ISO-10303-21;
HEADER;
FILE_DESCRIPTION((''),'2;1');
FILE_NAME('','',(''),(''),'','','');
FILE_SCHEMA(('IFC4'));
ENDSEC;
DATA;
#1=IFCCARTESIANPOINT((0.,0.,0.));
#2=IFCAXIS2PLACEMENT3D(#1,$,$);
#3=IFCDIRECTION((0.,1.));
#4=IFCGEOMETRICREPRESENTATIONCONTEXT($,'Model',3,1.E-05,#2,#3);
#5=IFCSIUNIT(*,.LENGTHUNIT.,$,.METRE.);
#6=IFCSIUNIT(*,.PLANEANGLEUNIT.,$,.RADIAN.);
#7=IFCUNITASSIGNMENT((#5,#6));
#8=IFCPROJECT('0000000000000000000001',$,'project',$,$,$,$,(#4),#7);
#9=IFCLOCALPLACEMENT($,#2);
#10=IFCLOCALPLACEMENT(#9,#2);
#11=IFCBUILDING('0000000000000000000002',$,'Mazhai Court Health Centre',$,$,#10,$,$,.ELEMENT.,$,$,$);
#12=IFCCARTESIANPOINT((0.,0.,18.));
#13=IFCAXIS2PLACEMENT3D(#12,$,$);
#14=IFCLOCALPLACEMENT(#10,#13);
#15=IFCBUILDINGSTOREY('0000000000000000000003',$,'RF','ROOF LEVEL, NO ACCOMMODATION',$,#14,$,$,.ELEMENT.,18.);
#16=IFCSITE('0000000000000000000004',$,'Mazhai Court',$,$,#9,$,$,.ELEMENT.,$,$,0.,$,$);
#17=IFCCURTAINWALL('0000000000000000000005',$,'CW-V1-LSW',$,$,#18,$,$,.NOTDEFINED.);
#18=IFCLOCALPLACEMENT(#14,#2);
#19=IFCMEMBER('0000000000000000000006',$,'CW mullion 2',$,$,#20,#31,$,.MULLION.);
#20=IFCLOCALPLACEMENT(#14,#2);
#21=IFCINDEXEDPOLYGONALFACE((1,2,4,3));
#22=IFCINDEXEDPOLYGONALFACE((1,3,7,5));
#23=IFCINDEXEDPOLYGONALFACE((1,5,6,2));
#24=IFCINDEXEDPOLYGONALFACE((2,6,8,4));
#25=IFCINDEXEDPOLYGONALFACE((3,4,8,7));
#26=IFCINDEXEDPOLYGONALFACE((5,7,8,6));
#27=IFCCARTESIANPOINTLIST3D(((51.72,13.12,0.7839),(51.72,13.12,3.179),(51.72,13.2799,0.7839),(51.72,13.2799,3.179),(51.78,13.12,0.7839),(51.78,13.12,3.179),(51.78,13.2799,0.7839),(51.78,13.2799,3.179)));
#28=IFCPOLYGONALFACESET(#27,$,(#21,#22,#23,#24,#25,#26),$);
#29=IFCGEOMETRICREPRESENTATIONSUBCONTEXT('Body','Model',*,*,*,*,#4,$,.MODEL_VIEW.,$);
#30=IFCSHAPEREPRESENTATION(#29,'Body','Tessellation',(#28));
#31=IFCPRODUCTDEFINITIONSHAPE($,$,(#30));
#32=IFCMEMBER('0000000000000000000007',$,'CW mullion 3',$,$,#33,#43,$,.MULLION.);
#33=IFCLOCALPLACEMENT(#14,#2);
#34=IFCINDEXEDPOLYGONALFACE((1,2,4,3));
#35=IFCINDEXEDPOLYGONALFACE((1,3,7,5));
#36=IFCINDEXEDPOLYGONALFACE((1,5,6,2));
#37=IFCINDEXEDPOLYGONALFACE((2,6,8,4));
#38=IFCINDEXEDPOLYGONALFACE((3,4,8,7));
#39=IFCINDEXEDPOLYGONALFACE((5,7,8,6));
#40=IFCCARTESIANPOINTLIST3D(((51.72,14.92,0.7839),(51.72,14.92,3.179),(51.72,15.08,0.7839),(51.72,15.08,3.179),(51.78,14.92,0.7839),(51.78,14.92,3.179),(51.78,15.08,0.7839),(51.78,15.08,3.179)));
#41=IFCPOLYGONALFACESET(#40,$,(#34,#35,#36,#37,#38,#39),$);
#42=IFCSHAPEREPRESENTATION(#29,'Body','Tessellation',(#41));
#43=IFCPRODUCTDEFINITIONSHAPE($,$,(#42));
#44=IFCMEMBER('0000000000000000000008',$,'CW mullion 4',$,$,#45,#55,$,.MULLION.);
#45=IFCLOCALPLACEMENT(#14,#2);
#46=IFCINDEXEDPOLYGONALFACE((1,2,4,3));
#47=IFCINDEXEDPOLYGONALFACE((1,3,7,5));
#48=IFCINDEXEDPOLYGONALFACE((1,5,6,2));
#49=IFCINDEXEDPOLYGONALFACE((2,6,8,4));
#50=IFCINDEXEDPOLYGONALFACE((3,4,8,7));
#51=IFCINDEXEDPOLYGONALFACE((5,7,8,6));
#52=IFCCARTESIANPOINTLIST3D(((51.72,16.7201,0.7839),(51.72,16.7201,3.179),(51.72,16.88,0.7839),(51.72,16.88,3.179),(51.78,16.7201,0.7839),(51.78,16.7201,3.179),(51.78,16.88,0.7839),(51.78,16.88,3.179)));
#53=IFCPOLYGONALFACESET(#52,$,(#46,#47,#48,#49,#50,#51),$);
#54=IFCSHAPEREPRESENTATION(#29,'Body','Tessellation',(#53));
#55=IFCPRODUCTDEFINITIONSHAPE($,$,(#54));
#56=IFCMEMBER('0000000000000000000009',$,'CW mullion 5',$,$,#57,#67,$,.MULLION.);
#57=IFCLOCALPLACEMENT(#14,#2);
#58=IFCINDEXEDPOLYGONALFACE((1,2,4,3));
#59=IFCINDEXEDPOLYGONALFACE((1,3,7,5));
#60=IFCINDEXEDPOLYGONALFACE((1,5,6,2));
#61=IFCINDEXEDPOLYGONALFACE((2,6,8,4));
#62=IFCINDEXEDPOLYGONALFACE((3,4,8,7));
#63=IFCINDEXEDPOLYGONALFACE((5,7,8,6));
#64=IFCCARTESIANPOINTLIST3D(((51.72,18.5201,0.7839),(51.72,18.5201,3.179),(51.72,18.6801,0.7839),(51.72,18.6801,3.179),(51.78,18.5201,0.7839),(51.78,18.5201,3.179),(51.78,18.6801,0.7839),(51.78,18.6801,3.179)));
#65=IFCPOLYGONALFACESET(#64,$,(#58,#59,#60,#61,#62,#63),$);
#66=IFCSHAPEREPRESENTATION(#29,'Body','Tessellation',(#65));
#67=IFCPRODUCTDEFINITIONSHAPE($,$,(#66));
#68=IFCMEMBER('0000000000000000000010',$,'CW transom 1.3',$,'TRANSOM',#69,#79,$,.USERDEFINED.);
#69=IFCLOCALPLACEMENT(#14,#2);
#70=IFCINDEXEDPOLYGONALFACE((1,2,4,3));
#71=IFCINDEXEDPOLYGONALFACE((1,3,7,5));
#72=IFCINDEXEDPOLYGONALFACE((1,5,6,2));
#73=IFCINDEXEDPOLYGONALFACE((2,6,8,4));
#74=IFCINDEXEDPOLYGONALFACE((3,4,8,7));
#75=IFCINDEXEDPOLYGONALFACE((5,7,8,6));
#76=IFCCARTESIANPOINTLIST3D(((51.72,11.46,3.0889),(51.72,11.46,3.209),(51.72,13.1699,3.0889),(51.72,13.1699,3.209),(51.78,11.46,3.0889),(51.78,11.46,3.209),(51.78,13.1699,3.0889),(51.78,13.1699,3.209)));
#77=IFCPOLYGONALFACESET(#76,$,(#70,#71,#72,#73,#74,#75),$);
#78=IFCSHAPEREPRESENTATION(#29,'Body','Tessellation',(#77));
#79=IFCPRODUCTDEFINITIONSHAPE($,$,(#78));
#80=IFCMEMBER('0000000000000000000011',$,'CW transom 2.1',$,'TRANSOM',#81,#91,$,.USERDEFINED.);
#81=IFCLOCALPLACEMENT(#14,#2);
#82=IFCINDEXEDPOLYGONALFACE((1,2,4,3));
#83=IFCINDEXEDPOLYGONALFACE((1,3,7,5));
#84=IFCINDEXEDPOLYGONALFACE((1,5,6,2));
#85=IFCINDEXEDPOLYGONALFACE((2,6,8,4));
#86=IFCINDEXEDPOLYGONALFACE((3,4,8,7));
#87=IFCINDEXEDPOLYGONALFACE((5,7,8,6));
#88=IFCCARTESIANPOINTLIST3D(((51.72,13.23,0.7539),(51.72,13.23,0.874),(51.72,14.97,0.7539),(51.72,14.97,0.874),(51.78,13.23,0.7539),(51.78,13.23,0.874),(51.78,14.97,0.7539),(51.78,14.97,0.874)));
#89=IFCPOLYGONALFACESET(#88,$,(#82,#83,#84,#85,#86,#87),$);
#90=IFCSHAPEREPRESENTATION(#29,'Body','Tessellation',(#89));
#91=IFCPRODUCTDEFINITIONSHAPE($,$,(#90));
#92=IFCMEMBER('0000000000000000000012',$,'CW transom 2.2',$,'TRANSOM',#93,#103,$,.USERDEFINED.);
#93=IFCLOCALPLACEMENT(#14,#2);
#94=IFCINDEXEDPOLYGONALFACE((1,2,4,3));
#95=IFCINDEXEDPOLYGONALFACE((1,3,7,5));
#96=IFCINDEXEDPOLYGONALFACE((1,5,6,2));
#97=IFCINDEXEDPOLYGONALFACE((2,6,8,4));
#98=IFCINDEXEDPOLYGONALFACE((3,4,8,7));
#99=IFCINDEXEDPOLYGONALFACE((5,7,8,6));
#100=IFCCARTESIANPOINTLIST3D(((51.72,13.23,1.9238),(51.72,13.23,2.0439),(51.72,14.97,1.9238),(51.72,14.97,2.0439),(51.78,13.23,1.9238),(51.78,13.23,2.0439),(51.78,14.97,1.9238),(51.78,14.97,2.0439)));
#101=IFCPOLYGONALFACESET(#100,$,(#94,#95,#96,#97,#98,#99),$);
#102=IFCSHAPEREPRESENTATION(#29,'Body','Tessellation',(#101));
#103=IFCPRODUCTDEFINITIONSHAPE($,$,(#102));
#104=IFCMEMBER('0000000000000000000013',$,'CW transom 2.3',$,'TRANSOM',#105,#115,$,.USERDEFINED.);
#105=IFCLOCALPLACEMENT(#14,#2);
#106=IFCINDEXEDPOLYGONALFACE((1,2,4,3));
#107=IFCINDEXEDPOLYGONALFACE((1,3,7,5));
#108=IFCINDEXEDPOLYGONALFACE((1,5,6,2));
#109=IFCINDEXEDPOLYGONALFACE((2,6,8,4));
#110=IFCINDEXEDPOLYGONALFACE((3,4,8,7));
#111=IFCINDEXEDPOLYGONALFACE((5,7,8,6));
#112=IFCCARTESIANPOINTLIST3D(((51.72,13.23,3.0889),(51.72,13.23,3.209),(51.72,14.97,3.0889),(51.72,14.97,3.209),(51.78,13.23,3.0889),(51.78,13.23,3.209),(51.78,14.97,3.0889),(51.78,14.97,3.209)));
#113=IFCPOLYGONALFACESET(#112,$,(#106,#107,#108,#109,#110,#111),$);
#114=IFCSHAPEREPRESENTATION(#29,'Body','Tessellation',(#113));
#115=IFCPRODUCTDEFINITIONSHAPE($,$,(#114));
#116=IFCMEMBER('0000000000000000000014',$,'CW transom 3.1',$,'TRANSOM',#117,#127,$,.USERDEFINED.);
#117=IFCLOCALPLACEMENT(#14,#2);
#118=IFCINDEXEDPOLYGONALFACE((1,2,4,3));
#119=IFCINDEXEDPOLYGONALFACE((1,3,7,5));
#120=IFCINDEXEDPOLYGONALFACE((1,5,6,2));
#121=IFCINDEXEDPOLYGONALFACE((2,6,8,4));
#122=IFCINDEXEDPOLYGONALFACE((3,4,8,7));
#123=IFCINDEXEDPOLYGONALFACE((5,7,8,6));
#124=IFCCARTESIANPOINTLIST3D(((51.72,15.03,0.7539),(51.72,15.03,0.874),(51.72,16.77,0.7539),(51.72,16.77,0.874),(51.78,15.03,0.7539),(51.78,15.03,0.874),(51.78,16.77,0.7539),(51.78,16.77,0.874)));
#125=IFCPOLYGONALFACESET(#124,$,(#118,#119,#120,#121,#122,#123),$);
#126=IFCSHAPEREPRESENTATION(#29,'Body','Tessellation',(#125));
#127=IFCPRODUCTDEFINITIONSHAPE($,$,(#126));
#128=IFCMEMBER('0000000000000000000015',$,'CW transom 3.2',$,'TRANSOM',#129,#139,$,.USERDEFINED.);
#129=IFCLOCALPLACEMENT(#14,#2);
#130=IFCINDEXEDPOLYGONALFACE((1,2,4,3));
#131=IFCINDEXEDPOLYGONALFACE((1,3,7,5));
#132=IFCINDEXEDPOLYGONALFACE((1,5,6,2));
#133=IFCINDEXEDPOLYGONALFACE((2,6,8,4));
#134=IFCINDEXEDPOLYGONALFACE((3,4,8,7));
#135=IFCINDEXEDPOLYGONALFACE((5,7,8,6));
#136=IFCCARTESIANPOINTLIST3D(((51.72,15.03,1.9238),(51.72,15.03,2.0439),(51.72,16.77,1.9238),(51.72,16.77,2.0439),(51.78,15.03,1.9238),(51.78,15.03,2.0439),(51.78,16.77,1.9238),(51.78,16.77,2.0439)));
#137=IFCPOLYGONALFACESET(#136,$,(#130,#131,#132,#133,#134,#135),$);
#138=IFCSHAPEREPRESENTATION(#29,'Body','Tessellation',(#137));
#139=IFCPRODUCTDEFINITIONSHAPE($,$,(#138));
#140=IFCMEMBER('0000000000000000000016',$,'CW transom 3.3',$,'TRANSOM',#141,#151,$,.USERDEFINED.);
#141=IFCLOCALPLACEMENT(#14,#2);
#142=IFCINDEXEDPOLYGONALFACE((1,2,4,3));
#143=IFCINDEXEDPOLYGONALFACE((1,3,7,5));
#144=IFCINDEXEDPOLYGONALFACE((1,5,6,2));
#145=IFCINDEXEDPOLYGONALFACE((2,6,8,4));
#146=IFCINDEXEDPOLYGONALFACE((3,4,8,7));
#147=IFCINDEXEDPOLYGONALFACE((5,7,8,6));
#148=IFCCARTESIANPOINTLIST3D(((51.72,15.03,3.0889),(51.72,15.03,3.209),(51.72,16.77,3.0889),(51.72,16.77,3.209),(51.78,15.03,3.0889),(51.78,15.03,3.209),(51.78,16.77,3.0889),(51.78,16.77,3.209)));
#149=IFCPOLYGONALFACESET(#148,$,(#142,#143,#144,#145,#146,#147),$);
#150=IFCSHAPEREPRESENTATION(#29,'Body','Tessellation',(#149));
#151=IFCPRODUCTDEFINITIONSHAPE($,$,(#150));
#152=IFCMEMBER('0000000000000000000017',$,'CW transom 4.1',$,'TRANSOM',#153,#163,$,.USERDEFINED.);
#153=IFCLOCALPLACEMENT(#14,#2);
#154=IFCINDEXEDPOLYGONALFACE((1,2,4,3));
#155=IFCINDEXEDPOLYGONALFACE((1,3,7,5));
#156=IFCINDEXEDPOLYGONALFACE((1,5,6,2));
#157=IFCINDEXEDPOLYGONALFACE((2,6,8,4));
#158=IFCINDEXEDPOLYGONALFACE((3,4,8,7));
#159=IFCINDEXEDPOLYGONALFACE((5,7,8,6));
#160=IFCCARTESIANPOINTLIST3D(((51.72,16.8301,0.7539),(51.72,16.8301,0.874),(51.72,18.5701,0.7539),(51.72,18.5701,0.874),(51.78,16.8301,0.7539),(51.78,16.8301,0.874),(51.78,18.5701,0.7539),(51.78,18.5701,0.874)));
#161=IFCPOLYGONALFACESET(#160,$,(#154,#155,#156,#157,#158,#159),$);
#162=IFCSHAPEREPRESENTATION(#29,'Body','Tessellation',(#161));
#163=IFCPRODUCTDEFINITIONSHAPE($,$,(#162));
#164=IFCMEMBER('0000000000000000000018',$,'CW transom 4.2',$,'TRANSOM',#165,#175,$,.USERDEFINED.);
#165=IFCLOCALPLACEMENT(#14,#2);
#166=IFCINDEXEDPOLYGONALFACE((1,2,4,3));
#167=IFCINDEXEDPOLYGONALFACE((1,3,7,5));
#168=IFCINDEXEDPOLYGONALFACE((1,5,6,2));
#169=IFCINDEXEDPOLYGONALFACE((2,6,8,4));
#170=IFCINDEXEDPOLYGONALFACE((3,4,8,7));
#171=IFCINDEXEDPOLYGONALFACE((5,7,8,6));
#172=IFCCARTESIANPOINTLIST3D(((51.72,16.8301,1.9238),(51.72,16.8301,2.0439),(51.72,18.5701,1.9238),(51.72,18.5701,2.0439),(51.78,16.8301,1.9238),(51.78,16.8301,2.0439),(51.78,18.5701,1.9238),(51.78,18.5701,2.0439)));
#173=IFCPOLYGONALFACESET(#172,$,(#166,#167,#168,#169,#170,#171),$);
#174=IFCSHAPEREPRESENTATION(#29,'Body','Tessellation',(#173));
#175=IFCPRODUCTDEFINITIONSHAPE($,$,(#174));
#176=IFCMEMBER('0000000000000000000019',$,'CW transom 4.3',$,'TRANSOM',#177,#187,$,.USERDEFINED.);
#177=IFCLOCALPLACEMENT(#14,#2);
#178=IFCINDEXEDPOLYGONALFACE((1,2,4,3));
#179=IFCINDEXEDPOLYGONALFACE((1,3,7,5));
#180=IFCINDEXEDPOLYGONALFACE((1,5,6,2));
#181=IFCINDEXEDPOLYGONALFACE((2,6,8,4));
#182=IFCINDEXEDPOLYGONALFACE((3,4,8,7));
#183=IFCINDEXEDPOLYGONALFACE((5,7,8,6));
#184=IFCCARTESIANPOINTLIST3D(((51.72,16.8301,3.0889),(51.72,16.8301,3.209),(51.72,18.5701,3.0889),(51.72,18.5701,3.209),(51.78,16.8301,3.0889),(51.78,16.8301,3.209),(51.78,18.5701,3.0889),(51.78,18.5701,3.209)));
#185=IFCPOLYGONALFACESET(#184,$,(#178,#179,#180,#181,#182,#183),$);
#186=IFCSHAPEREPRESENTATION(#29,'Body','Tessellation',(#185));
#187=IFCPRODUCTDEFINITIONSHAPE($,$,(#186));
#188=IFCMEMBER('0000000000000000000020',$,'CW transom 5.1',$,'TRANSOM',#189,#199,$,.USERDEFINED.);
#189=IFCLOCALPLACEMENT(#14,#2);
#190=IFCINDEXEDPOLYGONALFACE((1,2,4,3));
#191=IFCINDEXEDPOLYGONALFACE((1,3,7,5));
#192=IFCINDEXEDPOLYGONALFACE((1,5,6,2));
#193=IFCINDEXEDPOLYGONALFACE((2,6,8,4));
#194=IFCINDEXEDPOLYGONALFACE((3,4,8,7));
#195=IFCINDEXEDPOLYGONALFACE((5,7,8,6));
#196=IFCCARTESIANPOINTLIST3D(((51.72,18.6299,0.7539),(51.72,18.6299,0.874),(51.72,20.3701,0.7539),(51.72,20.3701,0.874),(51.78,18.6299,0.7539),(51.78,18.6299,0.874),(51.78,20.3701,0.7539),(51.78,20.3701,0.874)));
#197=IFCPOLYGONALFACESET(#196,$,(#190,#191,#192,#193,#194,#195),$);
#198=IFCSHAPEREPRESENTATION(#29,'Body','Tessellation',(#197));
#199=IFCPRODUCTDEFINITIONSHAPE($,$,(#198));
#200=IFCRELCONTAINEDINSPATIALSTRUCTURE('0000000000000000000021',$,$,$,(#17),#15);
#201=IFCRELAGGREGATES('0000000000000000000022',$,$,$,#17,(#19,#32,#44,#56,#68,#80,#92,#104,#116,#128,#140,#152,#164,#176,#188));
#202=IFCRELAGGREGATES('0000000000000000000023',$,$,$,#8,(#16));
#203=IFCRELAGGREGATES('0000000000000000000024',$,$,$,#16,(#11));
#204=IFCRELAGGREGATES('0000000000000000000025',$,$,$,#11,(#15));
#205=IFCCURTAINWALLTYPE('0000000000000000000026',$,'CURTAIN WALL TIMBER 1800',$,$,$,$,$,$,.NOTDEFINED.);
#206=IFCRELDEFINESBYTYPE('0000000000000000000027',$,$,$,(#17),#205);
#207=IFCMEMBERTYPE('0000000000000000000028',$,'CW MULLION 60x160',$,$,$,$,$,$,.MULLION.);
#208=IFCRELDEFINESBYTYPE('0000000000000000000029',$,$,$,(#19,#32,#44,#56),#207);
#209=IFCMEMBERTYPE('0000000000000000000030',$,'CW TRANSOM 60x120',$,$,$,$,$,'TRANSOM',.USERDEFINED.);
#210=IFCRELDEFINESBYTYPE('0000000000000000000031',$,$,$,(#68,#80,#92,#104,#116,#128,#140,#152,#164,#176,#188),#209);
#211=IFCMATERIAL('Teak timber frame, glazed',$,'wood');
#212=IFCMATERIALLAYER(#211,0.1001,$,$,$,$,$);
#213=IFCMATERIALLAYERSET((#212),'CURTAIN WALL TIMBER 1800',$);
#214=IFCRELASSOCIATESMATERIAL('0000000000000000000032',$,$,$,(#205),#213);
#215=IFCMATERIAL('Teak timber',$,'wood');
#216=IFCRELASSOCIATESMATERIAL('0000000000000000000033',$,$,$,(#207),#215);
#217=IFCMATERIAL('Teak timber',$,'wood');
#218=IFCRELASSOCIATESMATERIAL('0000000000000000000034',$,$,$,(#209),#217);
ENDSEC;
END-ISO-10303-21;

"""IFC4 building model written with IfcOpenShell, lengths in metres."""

from ifc_helpers import new_model, si_unit, direction, frame, origin, origin_2d, place, context, subcontext, project, spatial, rectangle, extrude, material, layer, layer_set, material_profile, profile_set, type_object, element, aggregate, save


model = new_model("IFC4")

# Units and contexts
model_context = context("Model", 3, precision=1e-05, world=origin(), true_north=direction((0.0, 1.0)))
body_context = subcontext(model_context, "Body", "Model", "MODEL_VIEW")
ifc_project = project(units=[si_unit("LENGTHUNIT", "METRE"), si_unit("PLANEANGLEUNIT", "RADIAN")], contexts=[model_context])

# Site, building, storey
site_placement = place(None, origin())
site = spatial("IfcSite", under=ifc_project, at=site_placement, Name="Mazhai Court", CompositionType="ELEMENT", RefElevation=0.0)
building_placement = place(site_placement, origin())
building = spatial("IfcBuilding", under=site, at=building_placement, Name="Mazhai Court Health Centre", CompositionType="ELEMENT")
storey_placement = place(building_placement, frame((0.0, 0.0, 18.0)))
storey = spatial("IfcBuildingStorey", under=building, at=storey_placement, Name="RF", Description="ROOF LEVEL, NO ACCOMMODATION", CompositionType="ELEMENT", Elevation=18.0)

# Curtain wall, members
ifc_material_1 = material(Name="Teak timber frame, glazed", Category="wood")
ifc_layer_1 = layer(ifc_material_1, 0.1001)
ifc_layer_set_1 = layer_set([ifc_layer_1], Name="CURTAIN WALL TIMBER 1800")
curtain_wall_type = type_object("IfcCurtainWallType", Name="CURTAIN WALL TIMBER 1800", PredefinedType="NOTDEFINED", material=ifc_layer_set_1)
curtain_wall_placement = place(storey_placement, origin())
curtain_wall = element("IfcCurtainWall", 1, at=curtain_wall_placement, inside=storey, type_object=curtain_wall_type, Name="CW-V1-LSW", PredefinedType="NOTDEFINED")
ifc_material_2 = material(Name="Teak timber", Category="wood")
ifc_material_profile_1 = material_profile(ifc_material_2, rectangle(XDim=0.0601, YDim=0.1599, at=origin_2d()), Name="CW MULLION 60x160")
ifc_profile_set_1 = profile_set([ifc_material_profile_1], Name="Teak timber")
member_type_1 = type_object("IfcMemberType", Name="CW MULLION 60x160", PredefinedType="MULLION", material=ifc_profile_set_1)
member_1_placement = place(storey_placement, frame((51.75, 13.2, 0.7839), z_axis=(0.0, 0.0, 1.0), x_axis=(-1.0, 0.0, 0.0)))
member_1 = element("IfcMember", 2, at=member_1_placement, type_object=member_type_1, Name="CW mullion 2", PredefinedType="MULLION", context=body_context, shape_type="SweptSolid", body=[
    extrude(rectangle(XDim=0.0601, YDim=0.1599, at=origin_2d()), origin(), (0.0, 0.0, 1.0), 2.395),
])
member_2_placement = place(storey_placement, frame((51.75, 15.0, 0.7839), z_axis=(0.0, 0.0, 1.0), x_axis=(-1.0, 0.0, 0.0)))
member_2 = element("IfcMember", 3, at=member_2_placement, type_object=member_type_1, Name="CW mullion 3", PredefinedType="MULLION", context=body_context, shape_type="SweptSolid", body=[
    extrude(rectangle(XDim=0.0601, YDim=0.1599, at=origin_2d()), origin(), (0.0, 0.0, 1.0), 2.395),
])
member_3_placement = place(storey_placement, frame((51.75, 16.8, 0.7839), z_axis=(0.0, 0.0, 1.0), x_axis=(-1.0, 0.0, 0.0)))
member_3 = element("IfcMember", 4, at=member_3_placement, type_object=member_type_1, Name="CW mullion 4", PredefinedType="MULLION", context=body_context, shape_type="SweptSolid", body=[
    extrude(rectangle(XDim=0.0601, YDim=0.1599, at=origin_2d()), origin(), (0.0, 0.0, 1.0), 2.395),
])
member_4_placement = place(storey_placement, frame((51.75, 18.6001, 0.7839), z_axis=(0.0, 0.0, 1.0), x_axis=(-1.0, 0.0, 0.0)))
member_4 = element("IfcMember", 5, at=member_4_placement, type_object=member_type_1, Name="CW mullion 5", PredefinedType="MULLION", context=body_context, shape_type="SweptSolid", body=[
    extrude(rectangle(XDim=0.0601, YDim=0.1599, at=origin_2d()), origin(), (0.0, 0.0, 1.0), 2.395),
])
ifc_material_3 = material(Name="Teak timber", Category="wood")
ifc_material_profile_2 = material_profile(ifc_material_3, rectangle(XDim=0.0601, YDim=0.1201, at=origin_2d()), Name="CW TRANSOM 60x120")
ifc_profile_set_2 = profile_set([ifc_material_profile_2], Name="Teak timber")
member_type_2 = type_object("IfcMemberType", Name="CW TRANSOM 60x120", ElementType="TRANSOM", PredefinedType="USERDEFINED", material=ifc_profile_set_2)
member_5_placement = place(storey_placement, frame((51.75, 11.46, 3.1489), z_axis=(0.0, 1.0, 0.0), x_axis=(-1.0, 0.0, 0.0)))
member_5 = element("IfcMember", 6, at=member_5_placement, type_object=member_type_2, Name="CW transom 1.3", ObjectType="TRANSOM", PredefinedType="USERDEFINED", context=body_context, shape_type="SweptSolid", body=[
    extrude(rectangle(XDim=0.0601, YDim=0.1201, at=origin_2d()), origin(), (0.0, 0.0, 1.0), 1.71),
])
member_6_placement = place(storey_placement, frame((51.75, 13.23, 0.814), z_axis=(0.0, 1.0, 0.0), x_axis=(-1.0, 0.0, 0.0)))
member_6 = element("IfcMember", 7, at=member_6_placement, type_object=member_type_2, Name="CW transom 2.1", ObjectType="TRANSOM", PredefinedType="USERDEFINED", context=body_context, shape_type="SweptSolid", body=[
    extrude(rectangle(XDim=0.0601, YDim=0.1201, at=origin_2d()), origin(), (0.0, 0.0, 1.0), 1.74),
])
member_7_placement = place(storey_placement, frame((51.75, 13.23, 1.9839), z_axis=(0.0, 1.0, 0.0), x_axis=(-1.0, 0.0, 0.0)))
member_7 = element("IfcMember", 8, at=member_7_placement, type_object=member_type_2, Name="CW transom 2.2", ObjectType="TRANSOM", PredefinedType="USERDEFINED", context=body_context, shape_type="SweptSolid", body=[
    extrude(rectangle(XDim=0.0601, YDim=0.1201, at=origin_2d()), origin(), (0.0, 0.0, 1.0), 1.74),
])
member_8_placement = place(storey_placement, frame((51.75, 13.23, 3.1489), z_axis=(0.0, 1.0, 0.0), x_axis=(-1.0, 0.0, 0.0)))
member_8 = element("IfcMember", 9, at=member_8_placement, type_object=member_type_2, Name="CW transom 2.3", ObjectType="TRANSOM", PredefinedType="USERDEFINED", context=body_context, shape_type="SweptSolid", body=[
    extrude(rectangle(XDim=0.0601, YDim=0.1201, at=origin_2d()), origin(), (0.0, 0.0, 1.0), 1.74),
])
member_9_placement = place(storey_placement, frame((51.75, 15.03, 0.814), z_axis=(0.0, 1.0, 0.0), x_axis=(-1.0, 0.0, 0.0)))
member_9 = element("IfcMember", 10, at=member_9_placement, type_object=member_type_2, Name="CW transom 3.1", ObjectType="TRANSOM", PredefinedType="USERDEFINED", context=body_context, shape_type="SweptSolid", body=[
    extrude(rectangle(XDim=0.0601, YDim=0.1201, at=origin_2d()), origin(), (0.0, 0.0, 1.0), 1.74),
])
member_10_placement = place(storey_placement, frame((51.75, 15.03, 1.9839), z_axis=(0.0, 1.0, 0.0), x_axis=(-1.0, 0.0, 0.0)))
member_10 = element("IfcMember", 11, at=member_10_placement, type_object=member_type_2, Name="CW transom 3.2", ObjectType="TRANSOM", PredefinedType="USERDEFINED", context=body_context, shape_type="SweptSolid", body=[
    extrude(rectangle(XDim=0.0601, YDim=0.1201, at=origin_2d()), origin(), (0.0, 0.0, 1.0), 1.74),
])
member_11_placement = place(storey_placement, frame((51.75, 15.03, 3.1489), z_axis=(0.0, 1.0, 0.0), x_axis=(-1.0, 0.0, 0.0)))
member_11 = element("IfcMember", 12, at=member_11_placement, type_object=member_type_2, Name="CW transom 3.3", ObjectType="TRANSOM", PredefinedType="USERDEFINED", context=body_context, shape_type="SweptSolid", body=[
    extrude(rectangle(XDim=0.0601, YDim=0.1201, at=origin_2d()), origin(), (0.0, 0.0, 1.0), 1.74),
])
member_12_placement = place(storey_placement, frame((51.75, 16.8301, 0.814), z_axis=(0.0, 1.0, 0.0), x_axis=(-1.0, 0.0, 0.0)))
member_12 = element("IfcMember", 13, at=member_12_placement, type_object=member_type_2, Name="CW transom 4.1", ObjectType="TRANSOM", PredefinedType="USERDEFINED", context=body_context, shape_type="SweptSolid", body=[
    extrude(rectangle(XDim=0.0601, YDim=0.1201, at=origin_2d()), origin(), (0.0, 0.0, 1.0), 1.74),
])
member_13_placement = place(storey_placement, frame((51.75, 16.8301, 1.9839), z_axis=(0.0, 1.0, 0.0), x_axis=(-1.0, 0.0, 0.0)))
member_13 = element("IfcMember", 14, at=member_13_placement, type_object=member_type_2, Name="CW transom 4.2", ObjectType="TRANSOM", PredefinedType="USERDEFINED", context=body_context, shape_type="SweptSolid", body=[
    extrude(rectangle(XDim=0.0601, YDim=0.1201, at=origin_2d()), origin(), (0.0, 0.0, 1.0), 1.74),
])
member_14_placement = place(storey_placement, frame((51.75, 16.8301, 3.1489), z_axis=(0.0, 1.0, 0.0), x_axis=(-1.0, 0.0, 0.0)))
member_14 = element("IfcMember", 15, at=member_14_placement, type_object=member_type_2, Name="CW transom 4.3", ObjectType="TRANSOM", PredefinedType="USERDEFINED", context=body_context, shape_type="SweptSolid", body=[
    extrude(rectangle(XDim=0.0601, YDim=0.1201, at=origin_2d()), origin(), (0.0, 0.0, 1.0), 1.74),
])
member_15_placement = place(storey_placement, frame((51.75, 18.6299, 0.814), z_axis=(0.0, 1.0, 0.0), x_axis=(-1.0, 0.0, 0.0)))
member_15 = element("IfcMember", 16, at=member_15_placement, type_object=member_type_2, Name="CW transom 5.1", ObjectType="TRANSOM", PredefinedType="USERDEFINED", context=body_context, shape_type="SweptSolid", body=[
    extrude(rectangle(XDim=0.0601, YDim=0.1201, at=origin_2d()), origin(), (0.0, 0.0, 1.0), 1.7402),
])
aggregate(curtain_wall, [member_1, member_2, member_3, member_4, member_5, member_6, member_7, member_8, member_9, member_10, member_11, member_12, member_13, member_14, member_15])

save(model, "model.ifc")
